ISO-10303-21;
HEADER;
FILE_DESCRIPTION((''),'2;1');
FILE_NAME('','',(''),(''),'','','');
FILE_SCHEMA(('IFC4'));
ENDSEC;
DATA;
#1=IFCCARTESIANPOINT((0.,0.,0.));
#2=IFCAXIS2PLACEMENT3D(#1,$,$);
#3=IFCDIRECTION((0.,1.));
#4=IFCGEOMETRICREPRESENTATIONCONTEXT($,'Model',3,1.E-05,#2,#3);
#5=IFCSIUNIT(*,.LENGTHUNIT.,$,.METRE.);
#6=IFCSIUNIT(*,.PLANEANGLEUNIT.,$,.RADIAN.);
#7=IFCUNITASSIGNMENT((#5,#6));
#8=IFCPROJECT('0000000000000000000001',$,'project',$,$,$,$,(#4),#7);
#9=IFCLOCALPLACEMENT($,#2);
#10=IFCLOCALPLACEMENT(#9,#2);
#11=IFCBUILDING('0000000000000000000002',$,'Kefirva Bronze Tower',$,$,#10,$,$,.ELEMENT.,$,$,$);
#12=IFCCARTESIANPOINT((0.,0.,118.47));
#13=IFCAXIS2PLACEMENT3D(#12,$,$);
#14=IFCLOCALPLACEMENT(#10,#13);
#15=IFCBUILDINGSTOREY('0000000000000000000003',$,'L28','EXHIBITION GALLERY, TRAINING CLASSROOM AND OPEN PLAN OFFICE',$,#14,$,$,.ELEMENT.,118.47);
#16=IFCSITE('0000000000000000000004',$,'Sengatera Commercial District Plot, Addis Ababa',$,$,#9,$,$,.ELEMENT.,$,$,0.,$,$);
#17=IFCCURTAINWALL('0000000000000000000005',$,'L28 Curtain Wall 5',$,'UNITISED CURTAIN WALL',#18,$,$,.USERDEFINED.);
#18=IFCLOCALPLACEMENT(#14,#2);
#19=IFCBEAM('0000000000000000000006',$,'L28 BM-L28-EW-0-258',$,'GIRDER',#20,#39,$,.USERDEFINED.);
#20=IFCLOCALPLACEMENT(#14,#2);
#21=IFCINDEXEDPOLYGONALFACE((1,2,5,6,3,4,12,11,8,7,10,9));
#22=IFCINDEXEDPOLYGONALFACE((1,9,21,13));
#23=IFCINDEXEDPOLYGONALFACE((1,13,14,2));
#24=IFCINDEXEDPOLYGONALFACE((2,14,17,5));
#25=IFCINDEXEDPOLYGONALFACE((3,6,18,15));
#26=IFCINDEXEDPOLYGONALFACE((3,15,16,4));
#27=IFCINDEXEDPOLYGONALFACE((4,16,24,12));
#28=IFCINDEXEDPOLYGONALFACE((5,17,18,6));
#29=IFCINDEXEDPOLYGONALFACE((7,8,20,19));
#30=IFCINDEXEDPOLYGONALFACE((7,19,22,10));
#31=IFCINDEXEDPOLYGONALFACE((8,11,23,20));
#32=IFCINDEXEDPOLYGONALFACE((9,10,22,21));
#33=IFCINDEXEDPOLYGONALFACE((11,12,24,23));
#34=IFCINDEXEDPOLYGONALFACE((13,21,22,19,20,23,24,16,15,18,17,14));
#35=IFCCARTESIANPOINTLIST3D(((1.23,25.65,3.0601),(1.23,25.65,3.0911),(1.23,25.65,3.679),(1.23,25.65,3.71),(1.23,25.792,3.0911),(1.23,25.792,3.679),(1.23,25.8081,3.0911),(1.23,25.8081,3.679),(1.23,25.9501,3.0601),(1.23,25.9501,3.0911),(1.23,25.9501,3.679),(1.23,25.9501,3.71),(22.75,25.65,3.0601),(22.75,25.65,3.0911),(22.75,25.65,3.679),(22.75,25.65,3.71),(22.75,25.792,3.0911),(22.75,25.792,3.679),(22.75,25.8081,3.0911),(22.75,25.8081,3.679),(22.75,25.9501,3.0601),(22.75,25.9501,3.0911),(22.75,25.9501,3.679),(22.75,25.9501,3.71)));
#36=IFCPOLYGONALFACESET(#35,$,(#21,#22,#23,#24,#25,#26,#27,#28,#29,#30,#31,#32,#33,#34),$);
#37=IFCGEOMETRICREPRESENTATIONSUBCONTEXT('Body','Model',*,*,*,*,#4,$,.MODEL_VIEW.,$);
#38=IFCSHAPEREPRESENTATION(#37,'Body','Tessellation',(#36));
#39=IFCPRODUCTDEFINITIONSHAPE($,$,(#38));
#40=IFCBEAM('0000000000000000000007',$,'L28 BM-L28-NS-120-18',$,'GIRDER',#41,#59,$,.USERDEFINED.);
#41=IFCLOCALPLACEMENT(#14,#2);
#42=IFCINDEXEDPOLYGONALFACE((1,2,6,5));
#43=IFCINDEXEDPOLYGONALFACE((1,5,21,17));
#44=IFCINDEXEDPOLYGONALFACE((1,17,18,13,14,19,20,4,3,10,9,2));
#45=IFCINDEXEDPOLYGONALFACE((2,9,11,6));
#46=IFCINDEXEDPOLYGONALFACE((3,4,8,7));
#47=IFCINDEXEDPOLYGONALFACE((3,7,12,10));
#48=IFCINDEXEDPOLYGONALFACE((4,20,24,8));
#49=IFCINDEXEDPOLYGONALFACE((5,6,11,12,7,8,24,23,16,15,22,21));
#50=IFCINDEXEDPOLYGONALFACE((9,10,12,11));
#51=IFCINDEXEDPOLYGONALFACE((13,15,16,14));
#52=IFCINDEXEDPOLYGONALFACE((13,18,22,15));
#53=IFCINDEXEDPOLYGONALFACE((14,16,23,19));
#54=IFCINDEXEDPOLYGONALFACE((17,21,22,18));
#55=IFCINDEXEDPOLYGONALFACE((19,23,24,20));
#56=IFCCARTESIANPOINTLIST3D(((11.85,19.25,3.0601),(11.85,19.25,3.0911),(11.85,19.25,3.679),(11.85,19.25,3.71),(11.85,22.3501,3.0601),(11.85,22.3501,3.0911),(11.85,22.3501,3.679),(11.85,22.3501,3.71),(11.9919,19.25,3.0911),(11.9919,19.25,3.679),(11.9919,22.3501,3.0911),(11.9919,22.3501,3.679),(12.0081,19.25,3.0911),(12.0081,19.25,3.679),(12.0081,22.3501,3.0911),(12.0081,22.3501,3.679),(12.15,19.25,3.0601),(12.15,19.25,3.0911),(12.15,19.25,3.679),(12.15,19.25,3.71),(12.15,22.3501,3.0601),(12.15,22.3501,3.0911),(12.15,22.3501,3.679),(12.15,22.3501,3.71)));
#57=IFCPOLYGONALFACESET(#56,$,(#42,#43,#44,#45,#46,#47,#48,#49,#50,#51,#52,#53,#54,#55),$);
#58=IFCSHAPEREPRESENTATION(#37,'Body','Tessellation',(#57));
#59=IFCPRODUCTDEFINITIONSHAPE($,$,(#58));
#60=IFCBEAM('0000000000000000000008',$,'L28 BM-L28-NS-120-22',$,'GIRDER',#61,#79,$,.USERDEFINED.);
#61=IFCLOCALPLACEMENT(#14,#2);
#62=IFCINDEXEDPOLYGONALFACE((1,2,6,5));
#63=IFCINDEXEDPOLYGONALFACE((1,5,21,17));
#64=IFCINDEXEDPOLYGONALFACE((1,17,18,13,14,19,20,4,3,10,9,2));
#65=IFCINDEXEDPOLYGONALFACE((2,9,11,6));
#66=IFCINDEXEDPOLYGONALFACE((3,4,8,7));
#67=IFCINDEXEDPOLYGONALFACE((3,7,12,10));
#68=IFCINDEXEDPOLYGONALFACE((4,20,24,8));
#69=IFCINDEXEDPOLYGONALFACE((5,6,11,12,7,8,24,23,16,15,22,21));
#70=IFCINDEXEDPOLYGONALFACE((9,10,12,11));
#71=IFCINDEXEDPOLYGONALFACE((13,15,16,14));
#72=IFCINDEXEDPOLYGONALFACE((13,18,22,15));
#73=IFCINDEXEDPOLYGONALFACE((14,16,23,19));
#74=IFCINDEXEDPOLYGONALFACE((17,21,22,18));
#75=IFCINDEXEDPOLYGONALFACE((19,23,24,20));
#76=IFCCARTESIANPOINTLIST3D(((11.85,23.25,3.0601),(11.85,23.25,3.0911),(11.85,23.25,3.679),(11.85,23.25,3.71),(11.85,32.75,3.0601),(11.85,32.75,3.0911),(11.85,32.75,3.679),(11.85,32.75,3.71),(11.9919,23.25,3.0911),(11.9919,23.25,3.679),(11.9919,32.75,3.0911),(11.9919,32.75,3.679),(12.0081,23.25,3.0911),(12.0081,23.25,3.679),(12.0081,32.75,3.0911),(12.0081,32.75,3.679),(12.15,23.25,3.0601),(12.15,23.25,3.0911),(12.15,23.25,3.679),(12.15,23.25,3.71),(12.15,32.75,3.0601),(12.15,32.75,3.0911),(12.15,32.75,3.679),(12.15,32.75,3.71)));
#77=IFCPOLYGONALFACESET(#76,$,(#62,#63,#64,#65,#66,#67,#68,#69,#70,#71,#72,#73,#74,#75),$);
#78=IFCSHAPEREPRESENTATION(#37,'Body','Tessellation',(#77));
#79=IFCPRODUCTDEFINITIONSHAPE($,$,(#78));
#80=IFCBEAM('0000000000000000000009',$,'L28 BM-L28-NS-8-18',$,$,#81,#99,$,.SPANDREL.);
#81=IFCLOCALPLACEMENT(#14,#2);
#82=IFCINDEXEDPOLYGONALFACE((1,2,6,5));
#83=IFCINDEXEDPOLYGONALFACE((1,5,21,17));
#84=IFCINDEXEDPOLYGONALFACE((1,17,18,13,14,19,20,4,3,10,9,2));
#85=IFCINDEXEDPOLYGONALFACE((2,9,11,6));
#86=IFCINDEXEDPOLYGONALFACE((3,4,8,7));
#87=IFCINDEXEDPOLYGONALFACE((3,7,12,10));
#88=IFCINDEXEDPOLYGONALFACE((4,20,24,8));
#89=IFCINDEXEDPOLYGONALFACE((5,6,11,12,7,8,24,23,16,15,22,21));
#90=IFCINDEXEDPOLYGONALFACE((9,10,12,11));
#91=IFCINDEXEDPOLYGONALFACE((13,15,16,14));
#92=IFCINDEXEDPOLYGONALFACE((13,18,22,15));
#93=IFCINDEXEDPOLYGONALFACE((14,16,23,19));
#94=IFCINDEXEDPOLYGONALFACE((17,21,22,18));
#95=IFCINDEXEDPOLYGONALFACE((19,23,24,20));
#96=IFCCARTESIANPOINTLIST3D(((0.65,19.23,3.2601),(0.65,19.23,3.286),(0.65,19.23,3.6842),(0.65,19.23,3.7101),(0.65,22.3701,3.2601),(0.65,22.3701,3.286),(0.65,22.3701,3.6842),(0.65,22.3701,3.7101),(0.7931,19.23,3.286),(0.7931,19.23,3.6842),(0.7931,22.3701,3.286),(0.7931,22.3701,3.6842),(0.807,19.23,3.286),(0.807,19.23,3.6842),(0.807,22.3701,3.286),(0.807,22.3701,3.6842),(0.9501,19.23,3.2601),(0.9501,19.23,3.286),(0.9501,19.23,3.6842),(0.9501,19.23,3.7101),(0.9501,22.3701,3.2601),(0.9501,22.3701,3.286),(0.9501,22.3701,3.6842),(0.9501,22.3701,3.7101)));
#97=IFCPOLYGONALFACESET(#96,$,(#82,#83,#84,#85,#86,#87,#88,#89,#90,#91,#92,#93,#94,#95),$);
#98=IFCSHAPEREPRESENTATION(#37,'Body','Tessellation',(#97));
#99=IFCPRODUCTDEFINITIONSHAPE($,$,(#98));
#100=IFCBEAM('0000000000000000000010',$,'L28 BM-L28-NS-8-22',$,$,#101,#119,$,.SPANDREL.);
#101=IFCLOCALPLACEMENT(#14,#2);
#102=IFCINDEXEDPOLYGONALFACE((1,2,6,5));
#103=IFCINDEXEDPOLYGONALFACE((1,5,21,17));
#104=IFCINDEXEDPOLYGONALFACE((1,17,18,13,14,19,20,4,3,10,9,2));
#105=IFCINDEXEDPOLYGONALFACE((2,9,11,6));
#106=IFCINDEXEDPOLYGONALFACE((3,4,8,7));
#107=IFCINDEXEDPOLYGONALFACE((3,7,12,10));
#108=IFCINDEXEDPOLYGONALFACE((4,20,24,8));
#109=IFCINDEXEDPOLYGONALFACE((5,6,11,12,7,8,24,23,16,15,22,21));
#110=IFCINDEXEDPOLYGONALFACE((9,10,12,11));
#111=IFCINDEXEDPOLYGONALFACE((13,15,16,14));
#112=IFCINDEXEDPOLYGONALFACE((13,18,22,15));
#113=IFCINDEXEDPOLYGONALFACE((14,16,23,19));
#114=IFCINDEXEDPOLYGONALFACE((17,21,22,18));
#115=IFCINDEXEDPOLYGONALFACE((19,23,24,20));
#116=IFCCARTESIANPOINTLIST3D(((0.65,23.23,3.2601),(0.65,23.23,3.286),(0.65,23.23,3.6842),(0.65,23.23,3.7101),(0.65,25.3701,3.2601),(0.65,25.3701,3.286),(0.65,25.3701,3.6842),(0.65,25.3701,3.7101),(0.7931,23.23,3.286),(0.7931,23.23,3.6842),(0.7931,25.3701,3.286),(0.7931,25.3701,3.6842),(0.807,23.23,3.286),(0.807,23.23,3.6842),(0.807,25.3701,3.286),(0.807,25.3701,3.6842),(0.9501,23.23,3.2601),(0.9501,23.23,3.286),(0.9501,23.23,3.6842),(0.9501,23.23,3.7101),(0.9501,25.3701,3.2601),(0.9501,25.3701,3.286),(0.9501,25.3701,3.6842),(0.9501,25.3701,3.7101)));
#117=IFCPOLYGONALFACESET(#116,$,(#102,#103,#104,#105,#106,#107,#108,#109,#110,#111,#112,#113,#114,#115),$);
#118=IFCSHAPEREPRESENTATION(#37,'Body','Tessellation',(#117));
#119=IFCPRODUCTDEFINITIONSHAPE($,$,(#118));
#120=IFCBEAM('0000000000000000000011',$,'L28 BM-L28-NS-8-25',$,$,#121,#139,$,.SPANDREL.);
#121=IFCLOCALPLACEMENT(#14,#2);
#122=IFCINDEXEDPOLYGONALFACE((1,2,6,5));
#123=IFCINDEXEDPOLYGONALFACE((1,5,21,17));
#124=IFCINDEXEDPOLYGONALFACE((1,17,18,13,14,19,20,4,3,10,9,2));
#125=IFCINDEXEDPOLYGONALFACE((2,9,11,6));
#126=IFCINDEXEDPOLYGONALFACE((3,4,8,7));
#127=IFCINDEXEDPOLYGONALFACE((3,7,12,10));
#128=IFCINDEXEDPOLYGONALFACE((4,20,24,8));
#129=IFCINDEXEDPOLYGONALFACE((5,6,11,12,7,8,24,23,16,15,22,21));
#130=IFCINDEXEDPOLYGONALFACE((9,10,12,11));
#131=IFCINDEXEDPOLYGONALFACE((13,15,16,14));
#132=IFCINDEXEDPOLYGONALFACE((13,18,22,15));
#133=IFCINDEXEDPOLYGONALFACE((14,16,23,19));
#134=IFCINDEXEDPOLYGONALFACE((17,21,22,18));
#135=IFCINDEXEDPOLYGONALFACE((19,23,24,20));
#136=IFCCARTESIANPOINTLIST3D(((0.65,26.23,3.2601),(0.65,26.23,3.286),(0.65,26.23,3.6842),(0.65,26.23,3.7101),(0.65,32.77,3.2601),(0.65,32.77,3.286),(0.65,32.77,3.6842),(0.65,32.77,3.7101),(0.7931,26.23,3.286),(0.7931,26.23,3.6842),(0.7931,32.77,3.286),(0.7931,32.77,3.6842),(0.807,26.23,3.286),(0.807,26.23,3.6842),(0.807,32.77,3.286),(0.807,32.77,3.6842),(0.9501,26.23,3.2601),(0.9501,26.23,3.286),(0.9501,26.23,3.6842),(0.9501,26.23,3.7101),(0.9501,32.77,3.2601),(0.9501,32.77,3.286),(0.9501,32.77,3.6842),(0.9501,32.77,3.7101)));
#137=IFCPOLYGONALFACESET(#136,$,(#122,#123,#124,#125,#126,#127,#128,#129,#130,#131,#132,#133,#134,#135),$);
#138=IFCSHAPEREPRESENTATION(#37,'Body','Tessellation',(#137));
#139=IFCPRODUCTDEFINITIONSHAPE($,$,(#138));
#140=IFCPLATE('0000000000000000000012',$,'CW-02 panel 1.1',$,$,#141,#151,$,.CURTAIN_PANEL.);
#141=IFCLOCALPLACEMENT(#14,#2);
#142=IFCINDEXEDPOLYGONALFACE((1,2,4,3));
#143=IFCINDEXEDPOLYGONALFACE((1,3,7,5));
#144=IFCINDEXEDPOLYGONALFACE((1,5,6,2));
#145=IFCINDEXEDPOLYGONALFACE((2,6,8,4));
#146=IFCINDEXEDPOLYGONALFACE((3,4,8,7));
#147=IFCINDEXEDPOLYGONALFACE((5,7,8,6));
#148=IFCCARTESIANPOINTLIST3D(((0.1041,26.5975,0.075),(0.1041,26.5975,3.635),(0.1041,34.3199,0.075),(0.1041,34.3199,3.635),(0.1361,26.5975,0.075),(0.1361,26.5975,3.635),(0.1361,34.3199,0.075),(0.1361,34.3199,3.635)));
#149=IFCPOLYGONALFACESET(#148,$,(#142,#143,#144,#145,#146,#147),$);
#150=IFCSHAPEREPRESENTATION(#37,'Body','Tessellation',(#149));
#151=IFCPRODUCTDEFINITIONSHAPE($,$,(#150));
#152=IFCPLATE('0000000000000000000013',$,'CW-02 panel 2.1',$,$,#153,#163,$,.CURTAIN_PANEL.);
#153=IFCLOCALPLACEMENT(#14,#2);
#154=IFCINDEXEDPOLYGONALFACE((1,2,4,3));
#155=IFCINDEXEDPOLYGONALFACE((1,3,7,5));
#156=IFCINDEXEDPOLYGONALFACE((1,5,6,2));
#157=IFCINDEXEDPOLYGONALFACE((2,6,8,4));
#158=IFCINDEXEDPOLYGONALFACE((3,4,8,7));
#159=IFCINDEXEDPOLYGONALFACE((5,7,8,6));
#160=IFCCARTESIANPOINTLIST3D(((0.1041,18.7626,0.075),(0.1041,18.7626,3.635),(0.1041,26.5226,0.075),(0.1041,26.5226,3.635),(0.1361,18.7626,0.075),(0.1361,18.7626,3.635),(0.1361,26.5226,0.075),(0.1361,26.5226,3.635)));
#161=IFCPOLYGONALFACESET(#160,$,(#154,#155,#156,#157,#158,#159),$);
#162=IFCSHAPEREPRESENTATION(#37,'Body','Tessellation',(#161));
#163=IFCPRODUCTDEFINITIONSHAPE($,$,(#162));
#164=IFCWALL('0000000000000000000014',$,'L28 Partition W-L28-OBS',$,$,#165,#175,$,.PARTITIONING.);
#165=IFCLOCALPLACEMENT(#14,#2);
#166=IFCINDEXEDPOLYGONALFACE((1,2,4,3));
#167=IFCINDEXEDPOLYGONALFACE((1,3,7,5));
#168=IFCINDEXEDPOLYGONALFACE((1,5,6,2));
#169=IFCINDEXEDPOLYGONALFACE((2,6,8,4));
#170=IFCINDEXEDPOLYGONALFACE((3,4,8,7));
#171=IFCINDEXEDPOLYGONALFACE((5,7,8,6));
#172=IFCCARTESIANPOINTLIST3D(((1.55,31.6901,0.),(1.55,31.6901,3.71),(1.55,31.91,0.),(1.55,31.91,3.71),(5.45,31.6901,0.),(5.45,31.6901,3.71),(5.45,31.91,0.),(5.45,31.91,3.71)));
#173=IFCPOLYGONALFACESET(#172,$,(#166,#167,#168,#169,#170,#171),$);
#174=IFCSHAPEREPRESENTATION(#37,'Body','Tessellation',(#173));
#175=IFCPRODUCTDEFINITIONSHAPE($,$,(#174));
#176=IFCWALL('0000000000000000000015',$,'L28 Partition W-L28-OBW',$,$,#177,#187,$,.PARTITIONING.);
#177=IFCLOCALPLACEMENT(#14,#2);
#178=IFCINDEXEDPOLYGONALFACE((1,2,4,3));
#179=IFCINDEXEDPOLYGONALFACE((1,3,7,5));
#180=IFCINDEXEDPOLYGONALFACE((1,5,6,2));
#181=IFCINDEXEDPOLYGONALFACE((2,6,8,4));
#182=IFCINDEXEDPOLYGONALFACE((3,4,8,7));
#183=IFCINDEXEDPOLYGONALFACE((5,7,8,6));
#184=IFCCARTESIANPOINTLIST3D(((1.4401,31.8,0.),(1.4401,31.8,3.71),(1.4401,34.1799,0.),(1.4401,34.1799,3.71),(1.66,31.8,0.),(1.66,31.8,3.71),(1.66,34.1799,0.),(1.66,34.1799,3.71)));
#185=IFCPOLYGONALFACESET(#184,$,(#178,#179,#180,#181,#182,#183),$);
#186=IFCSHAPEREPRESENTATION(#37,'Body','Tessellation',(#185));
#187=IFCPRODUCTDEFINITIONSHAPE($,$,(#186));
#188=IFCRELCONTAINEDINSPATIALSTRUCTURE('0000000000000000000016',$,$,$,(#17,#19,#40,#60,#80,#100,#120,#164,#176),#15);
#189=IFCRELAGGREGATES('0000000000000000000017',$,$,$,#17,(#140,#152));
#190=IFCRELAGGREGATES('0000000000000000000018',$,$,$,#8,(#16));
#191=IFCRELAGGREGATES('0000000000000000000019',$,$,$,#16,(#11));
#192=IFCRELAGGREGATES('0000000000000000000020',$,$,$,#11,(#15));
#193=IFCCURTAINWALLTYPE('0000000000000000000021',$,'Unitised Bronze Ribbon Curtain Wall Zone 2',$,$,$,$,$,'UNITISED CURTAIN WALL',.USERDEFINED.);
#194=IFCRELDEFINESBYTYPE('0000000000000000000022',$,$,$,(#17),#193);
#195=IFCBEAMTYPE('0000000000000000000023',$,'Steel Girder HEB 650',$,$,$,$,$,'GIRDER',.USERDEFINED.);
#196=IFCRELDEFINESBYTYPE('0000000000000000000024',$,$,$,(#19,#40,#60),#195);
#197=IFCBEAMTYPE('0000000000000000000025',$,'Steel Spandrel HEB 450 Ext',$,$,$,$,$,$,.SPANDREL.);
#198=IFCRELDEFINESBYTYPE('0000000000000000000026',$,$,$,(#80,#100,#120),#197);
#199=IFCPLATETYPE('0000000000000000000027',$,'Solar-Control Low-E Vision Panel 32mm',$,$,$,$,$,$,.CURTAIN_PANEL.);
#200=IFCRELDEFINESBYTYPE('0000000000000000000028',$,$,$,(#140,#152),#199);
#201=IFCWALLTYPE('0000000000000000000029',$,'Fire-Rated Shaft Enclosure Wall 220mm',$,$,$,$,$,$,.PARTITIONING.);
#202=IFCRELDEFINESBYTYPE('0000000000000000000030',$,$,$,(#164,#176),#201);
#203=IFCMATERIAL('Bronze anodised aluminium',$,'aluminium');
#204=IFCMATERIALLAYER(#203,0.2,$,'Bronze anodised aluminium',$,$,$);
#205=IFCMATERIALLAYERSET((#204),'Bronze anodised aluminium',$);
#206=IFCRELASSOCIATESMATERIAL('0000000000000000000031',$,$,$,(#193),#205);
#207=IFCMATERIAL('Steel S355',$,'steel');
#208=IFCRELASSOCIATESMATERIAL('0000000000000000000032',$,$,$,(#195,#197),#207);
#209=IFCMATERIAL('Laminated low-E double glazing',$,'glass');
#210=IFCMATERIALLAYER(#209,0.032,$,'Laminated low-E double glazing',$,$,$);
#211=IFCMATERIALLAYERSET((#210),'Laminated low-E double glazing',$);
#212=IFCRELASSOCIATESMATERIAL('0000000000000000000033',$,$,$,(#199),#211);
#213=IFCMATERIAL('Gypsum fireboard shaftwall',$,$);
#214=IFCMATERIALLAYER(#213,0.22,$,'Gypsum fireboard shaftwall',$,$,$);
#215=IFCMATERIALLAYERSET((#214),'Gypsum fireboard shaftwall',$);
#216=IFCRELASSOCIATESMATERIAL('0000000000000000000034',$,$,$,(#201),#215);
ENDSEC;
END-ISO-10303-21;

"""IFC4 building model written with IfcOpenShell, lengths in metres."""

from ifc_helpers import new_model, si_unit, direction, frame, frame_2d, origin, origin_2d, place, context, subcontext, project, spatial, rectangle, i_section, extrude, material, layer, layer_set, material_profile, profile_set, type_object, element, aggregate, save


model = new_model("IFC4")

# Units and contexts
model_context = context("Model", 3, precision=1e-05, world=origin(), true_north=direction((0.0, 1.0)))
body_context = subcontext(model_context, "Body", "Model", "MODEL_VIEW")
ifc_project = project(units=[si_unit("LENGTHUNIT", "METRE"), si_unit("PLANEANGLEUNIT", "RADIAN")], contexts=[model_context])

# Site, building, storey
site_placement = place(None, origin())
site = spatial("IfcSite", under=ifc_project, at=site_placement, Name="Sengatera Commercial District Plot, Addis Ababa", CompositionType="ELEMENT", RefElevation=0.0)
building_placement = place(site_placement, origin())
building = spatial("IfcBuilding", under=site, at=building_placement, Name="Kefirva Bronze Tower", CompositionType="ELEMENT")
storey_placement = place(building_placement, frame((0.0, 0.0, 118.47)))
storey = spatial("IfcBuildingStorey", under=building, at=storey_placement, Name="L28", Description="EXHIBITION GALLERY, TRAINING CLASSROOM AND OPEN PLAN OFFICE", CompositionType="ELEMENT", Elevation=118.47)

# Curtain wall
ifc_material_1 = material(Name="Bronze anodised aluminium", Category="aluminium")
ifc_layer_1 = layer(ifc_material_1, 0.2, Name="Bronze anodised aluminium")
ifc_layer_set_1 = layer_set([ifc_layer_1], Name="Bronze anodised aluminium")
curtain_wall_type = type_object("IfcCurtainWallType", Name="Unitised Bronze Ribbon Curtain Wall Zone 2", ElementType="UNITISED CURTAIN WALL", PredefinedType="USERDEFINED", material=ifc_layer_set_1)
curtain_wall_placement = place(storey_placement, origin())
curtain_wall = element("IfcCurtainWall", 1, at=curtain_wall_placement, inside=storey, type_object=curtain_wall_type, Name="L28 Curtain Wall 5", ObjectType="UNITISED CURTAIN WALL", PredefinedType="USERDEFINED")

# Beams
ifc_material_2 = material(Name="Steel S355", Category="steel")
ifc_material_profile_1 = material_profile(ifc_material_2, i_section(OverallWidth=0.3, OverallDepth=0.6499, WebThickness=0.0161, FlangeThickness=0.031, at=origin_2d()), Name="HEB 650")
ifc_profile_set_1 = profile_set([ifc_material_profile_1], Name="Steel S355")
beam_type_1 = type_object("IfcBeamType", Name="Steel Girder HEB 650", ElementType="GIRDER", PredefinedType="USERDEFINED", material=ifc_profile_set_1)
beam_1_placement = place(storey_placement, frame((1.23, 25.8, 3.385), z_axis=(1.0, 0.0, 0.0), x_axis=(0.0, 1.0, 0.0)))
element("IfcBeam", 2, at=beam_1_placement, inside=storey, type_object=beam_type_1, Name="L28 BM-L28-EW-0-258", ObjectType="GIRDER", PredefinedType="USERDEFINED", context=body_context, shape_type="SweptSolid", body=[
    extrude(i_section(OverallWidth=0.3, OverallDepth=0.6499, WebThickness=0.0161, FlangeThickness=0.031, at=origin_2d()), origin(), (0.0, 0.0, 1.0), 21.52),
])
beam_2_placement = place(storey_placement, frame((12.0, 19.25, 3.385), z_axis=(0.0, 1.0, 0.0), x_axis=(-1.0, 0.0, 0.0)))
element("IfcBeam", 3, at=beam_2_placement, inside=storey, type_object=beam_type_1, Name="L28 BM-L28-NS-120-18", ObjectType="GIRDER", PredefinedType="USERDEFINED", context=body_context, shape_type="SweptSolid", body=[
    extrude(i_section(OverallWidth=0.3, OverallDepth=0.6499, WebThickness=0.0161, FlangeThickness=0.031, at=origin_2d()), origin(), (0.0, 0.0, 1.0), 3.1001),
])
beam_3_placement = place(storey_placement, frame((12.0, 23.25, 3.385), z_axis=(0.0, 1.0, 0.0), x_axis=(-1.0, 0.0, 0.0)))
element("IfcBeam", 4, at=beam_3_placement, inside=storey, type_object=beam_type_1, Name="L28 BM-L28-NS-120-22", ObjectType="GIRDER", PredefinedType="USERDEFINED", context=body_context, shape_type="SweptSolid", body=[
    extrude(i_section(OverallWidth=0.3, OverallDepth=0.6499, WebThickness=0.0161, FlangeThickness=0.031, at=origin_2d()), origin(), (0.0, 0.0, 1.0), 9.5),
])
ifc_material_profile_2 = material_profile(ifc_material_2, i_section(OverallWidth=0.3, OverallDepth=0.45, WebThickness=0.0139, FlangeThickness=0.0259, at=origin_2d()), Name="HEB 450")
ifc_profile_set_2 = profile_set([ifc_material_profile_2], Name="Steel S355")
beam_type_2 = type_object("IfcBeamType", Name="Steel Spandrel HEB 450 Ext", PredefinedType="SPANDREL", material=ifc_profile_set_2)
beam_4_placement = place(storey_placement, frame((0.8, 19.23, 3.4851), z_axis=(0.0, 1.0, 0.0), x_axis=(-1.0, 0.0, 0.0)))
element("IfcBeam", 5, at=beam_4_placement, inside=storey, type_object=beam_type_2, Name="L28 BM-L28-NS-8-18", PredefinedType="SPANDREL", context=body_context, shape_type="SweptSolid", body=[
    extrude(i_section(OverallWidth=0.3, OverallDepth=0.45, WebThickness=0.0139, FlangeThickness=0.0259, at=origin_2d()), origin(), (0.0, 0.0, 1.0), 3.1401),
])
beam_5_placement = place(storey_placement, frame((0.8, 23.23, 3.4851), z_axis=(0.0, 1.0, 0.0), x_axis=(-1.0, 0.0, 0.0)))
element("IfcBeam", 6, at=beam_5_placement, inside=storey, type_object=beam_type_2, Name="L28 BM-L28-NS-8-22", PredefinedType="SPANDREL", context=body_context, shape_type="SweptSolid", body=[
    extrude(i_section(OverallWidth=0.3, OverallDepth=0.45, WebThickness=0.0139, FlangeThickness=0.0259, at=origin_2d()), origin(), (0.0, 0.0, 1.0), 2.1401),
])
beam_6_placement = place(storey_placement, frame((0.8, 26.23, 3.4851), z_axis=(0.0, 1.0, 0.0), x_axis=(-1.0, 0.0, 0.0)))
element("IfcBeam", 7, at=beam_6_placement, inside=storey, type_object=beam_type_2, Name="L28 BM-L28-NS-8-25", PredefinedType="SPANDREL", context=body_context, shape_type="SweptSolid", body=[
    extrude(i_section(OverallWidth=0.3, OverallDepth=0.45, WebThickness=0.0139, FlangeThickness=0.0259, at=origin_2d()), origin(), (0.0, 0.0, 1.0), 6.54),
])

# Plates
ifc_material_3 = material(Name="Laminated low-E double glazing", Category="glass")
ifc_layer_2 = layer(ifc_material_3, 0.032, Name="Laminated low-E double glazing")
ifc_layer_set_2 = layer_set([ifc_layer_2], Name="Laminated low-E double glazing")
plate_type = type_object("IfcPlateType", Name="Solar-Control Low-E Vision Panel 32mm", PredefinedType="CURTAIN_PANEL", material=ifc_layer_set_2)
plate_1_placement = place(storey_placement, frame((0.1201, 30.4587, 0.075), z_axis=(0.0, 0.0, 1.0), x_axis=(0.0, -1.0, 0.0)))
plate_1 = element("IfcPlate", 8, at=plate_1_placement, type_object=plate_type, Name="CW-02 panel 1.1", PredefinedType="CURTAIN_PANEL", context=body_context, shape_type="SweptSolid", body=[
    extrude(rectangle(XDim=7.7224, YDim=0.032, at=origin_2d()), origin(), (0.0, 0.0, 1.0), 3.5601),
])
plate_2_placement = place(storey_placement, frame((0.1201, 22.6426, 0.075), z_axis=(0.0, 0.0, 1.0), x_axis=(0.0, -1.0, 0.0)))
plate_2 = element("IfcPlate", 9, at=plate_2_placement, type_object=plate_type, Name="CW-02 panel 2.1", PredefinedType="CURTAIN_PANEL", context=body_context, shape_type="SweptSolid", body=[
    extrude(rectangle(XDim=7.76, YDim=0.032, at=origin_2d()), origin(), (0.0, 0.0, 1.0), 3.5601),
])
aggregate(curtain_wall, [plate_1, plate_2])

# Walls
ifc_material_4 = material(Name="Gypsum fireboard shaftwall")
ifc_layer_3 = layer(ifc_material_4, 0.22, Name="Gypsum fireboard shaftwall")
ifc_layer_set_3 = layer_set([ifc_layer_3], Name="Gypsum fireboard shaftwall")
wall_type_1 = type_object("IfcWallType", Name="Fire-Rated Shaft Enclosure Wall 220mm", PredefinedType="PARTITIONING", material=ifc_layer_set_3)
wall_1_placement = place(storey_placement, frame((1.55, 31.8, 0.0), z_axis=(0.0, 0.0, 1.0), x_axis=(1.0, 0.0, 0.0)))
element("IfcWall", 10, at=wall_1_placement, inside=storey, type_object=wall_type_1, Name="L28 Partition W-L28-OBS", PredefinedType="PARTITIONING", context=body_context, shape_type="SweptSolid", body=[
    extrude(rectangle(XDim=3.8999, YDim=0.22, at=frame_2d((1.95, 0.0))), origin(), (0.0, 0.0, 1.0), 3.71),
])
for number, where, z_axis, x_axis, name in (
    (11, (1.55, 31.8, 0.0), (0.0, 0.0, 1.0), (0.0, 1.0, 0.0), "L28 Partition W-L28-OBW"),
):
    element("IfcWall", number, at=place(storey_placement, frame(where, z_axis=z_axis, x_axis=x_axis)), inside=storey, type_object=wall_type_1, Name=name, PredefinedType="PARTITIONING", context=body_context, shape_type="SweptSolid", body=[
        extrude(rectangle(XDim=2.3799, YDim=0.22, at=frame_2d((1.1899, 0.0))), origin(), (0.0, 0.0, 1.0), 3.71),
    ])

save(model, "model.ifc")
